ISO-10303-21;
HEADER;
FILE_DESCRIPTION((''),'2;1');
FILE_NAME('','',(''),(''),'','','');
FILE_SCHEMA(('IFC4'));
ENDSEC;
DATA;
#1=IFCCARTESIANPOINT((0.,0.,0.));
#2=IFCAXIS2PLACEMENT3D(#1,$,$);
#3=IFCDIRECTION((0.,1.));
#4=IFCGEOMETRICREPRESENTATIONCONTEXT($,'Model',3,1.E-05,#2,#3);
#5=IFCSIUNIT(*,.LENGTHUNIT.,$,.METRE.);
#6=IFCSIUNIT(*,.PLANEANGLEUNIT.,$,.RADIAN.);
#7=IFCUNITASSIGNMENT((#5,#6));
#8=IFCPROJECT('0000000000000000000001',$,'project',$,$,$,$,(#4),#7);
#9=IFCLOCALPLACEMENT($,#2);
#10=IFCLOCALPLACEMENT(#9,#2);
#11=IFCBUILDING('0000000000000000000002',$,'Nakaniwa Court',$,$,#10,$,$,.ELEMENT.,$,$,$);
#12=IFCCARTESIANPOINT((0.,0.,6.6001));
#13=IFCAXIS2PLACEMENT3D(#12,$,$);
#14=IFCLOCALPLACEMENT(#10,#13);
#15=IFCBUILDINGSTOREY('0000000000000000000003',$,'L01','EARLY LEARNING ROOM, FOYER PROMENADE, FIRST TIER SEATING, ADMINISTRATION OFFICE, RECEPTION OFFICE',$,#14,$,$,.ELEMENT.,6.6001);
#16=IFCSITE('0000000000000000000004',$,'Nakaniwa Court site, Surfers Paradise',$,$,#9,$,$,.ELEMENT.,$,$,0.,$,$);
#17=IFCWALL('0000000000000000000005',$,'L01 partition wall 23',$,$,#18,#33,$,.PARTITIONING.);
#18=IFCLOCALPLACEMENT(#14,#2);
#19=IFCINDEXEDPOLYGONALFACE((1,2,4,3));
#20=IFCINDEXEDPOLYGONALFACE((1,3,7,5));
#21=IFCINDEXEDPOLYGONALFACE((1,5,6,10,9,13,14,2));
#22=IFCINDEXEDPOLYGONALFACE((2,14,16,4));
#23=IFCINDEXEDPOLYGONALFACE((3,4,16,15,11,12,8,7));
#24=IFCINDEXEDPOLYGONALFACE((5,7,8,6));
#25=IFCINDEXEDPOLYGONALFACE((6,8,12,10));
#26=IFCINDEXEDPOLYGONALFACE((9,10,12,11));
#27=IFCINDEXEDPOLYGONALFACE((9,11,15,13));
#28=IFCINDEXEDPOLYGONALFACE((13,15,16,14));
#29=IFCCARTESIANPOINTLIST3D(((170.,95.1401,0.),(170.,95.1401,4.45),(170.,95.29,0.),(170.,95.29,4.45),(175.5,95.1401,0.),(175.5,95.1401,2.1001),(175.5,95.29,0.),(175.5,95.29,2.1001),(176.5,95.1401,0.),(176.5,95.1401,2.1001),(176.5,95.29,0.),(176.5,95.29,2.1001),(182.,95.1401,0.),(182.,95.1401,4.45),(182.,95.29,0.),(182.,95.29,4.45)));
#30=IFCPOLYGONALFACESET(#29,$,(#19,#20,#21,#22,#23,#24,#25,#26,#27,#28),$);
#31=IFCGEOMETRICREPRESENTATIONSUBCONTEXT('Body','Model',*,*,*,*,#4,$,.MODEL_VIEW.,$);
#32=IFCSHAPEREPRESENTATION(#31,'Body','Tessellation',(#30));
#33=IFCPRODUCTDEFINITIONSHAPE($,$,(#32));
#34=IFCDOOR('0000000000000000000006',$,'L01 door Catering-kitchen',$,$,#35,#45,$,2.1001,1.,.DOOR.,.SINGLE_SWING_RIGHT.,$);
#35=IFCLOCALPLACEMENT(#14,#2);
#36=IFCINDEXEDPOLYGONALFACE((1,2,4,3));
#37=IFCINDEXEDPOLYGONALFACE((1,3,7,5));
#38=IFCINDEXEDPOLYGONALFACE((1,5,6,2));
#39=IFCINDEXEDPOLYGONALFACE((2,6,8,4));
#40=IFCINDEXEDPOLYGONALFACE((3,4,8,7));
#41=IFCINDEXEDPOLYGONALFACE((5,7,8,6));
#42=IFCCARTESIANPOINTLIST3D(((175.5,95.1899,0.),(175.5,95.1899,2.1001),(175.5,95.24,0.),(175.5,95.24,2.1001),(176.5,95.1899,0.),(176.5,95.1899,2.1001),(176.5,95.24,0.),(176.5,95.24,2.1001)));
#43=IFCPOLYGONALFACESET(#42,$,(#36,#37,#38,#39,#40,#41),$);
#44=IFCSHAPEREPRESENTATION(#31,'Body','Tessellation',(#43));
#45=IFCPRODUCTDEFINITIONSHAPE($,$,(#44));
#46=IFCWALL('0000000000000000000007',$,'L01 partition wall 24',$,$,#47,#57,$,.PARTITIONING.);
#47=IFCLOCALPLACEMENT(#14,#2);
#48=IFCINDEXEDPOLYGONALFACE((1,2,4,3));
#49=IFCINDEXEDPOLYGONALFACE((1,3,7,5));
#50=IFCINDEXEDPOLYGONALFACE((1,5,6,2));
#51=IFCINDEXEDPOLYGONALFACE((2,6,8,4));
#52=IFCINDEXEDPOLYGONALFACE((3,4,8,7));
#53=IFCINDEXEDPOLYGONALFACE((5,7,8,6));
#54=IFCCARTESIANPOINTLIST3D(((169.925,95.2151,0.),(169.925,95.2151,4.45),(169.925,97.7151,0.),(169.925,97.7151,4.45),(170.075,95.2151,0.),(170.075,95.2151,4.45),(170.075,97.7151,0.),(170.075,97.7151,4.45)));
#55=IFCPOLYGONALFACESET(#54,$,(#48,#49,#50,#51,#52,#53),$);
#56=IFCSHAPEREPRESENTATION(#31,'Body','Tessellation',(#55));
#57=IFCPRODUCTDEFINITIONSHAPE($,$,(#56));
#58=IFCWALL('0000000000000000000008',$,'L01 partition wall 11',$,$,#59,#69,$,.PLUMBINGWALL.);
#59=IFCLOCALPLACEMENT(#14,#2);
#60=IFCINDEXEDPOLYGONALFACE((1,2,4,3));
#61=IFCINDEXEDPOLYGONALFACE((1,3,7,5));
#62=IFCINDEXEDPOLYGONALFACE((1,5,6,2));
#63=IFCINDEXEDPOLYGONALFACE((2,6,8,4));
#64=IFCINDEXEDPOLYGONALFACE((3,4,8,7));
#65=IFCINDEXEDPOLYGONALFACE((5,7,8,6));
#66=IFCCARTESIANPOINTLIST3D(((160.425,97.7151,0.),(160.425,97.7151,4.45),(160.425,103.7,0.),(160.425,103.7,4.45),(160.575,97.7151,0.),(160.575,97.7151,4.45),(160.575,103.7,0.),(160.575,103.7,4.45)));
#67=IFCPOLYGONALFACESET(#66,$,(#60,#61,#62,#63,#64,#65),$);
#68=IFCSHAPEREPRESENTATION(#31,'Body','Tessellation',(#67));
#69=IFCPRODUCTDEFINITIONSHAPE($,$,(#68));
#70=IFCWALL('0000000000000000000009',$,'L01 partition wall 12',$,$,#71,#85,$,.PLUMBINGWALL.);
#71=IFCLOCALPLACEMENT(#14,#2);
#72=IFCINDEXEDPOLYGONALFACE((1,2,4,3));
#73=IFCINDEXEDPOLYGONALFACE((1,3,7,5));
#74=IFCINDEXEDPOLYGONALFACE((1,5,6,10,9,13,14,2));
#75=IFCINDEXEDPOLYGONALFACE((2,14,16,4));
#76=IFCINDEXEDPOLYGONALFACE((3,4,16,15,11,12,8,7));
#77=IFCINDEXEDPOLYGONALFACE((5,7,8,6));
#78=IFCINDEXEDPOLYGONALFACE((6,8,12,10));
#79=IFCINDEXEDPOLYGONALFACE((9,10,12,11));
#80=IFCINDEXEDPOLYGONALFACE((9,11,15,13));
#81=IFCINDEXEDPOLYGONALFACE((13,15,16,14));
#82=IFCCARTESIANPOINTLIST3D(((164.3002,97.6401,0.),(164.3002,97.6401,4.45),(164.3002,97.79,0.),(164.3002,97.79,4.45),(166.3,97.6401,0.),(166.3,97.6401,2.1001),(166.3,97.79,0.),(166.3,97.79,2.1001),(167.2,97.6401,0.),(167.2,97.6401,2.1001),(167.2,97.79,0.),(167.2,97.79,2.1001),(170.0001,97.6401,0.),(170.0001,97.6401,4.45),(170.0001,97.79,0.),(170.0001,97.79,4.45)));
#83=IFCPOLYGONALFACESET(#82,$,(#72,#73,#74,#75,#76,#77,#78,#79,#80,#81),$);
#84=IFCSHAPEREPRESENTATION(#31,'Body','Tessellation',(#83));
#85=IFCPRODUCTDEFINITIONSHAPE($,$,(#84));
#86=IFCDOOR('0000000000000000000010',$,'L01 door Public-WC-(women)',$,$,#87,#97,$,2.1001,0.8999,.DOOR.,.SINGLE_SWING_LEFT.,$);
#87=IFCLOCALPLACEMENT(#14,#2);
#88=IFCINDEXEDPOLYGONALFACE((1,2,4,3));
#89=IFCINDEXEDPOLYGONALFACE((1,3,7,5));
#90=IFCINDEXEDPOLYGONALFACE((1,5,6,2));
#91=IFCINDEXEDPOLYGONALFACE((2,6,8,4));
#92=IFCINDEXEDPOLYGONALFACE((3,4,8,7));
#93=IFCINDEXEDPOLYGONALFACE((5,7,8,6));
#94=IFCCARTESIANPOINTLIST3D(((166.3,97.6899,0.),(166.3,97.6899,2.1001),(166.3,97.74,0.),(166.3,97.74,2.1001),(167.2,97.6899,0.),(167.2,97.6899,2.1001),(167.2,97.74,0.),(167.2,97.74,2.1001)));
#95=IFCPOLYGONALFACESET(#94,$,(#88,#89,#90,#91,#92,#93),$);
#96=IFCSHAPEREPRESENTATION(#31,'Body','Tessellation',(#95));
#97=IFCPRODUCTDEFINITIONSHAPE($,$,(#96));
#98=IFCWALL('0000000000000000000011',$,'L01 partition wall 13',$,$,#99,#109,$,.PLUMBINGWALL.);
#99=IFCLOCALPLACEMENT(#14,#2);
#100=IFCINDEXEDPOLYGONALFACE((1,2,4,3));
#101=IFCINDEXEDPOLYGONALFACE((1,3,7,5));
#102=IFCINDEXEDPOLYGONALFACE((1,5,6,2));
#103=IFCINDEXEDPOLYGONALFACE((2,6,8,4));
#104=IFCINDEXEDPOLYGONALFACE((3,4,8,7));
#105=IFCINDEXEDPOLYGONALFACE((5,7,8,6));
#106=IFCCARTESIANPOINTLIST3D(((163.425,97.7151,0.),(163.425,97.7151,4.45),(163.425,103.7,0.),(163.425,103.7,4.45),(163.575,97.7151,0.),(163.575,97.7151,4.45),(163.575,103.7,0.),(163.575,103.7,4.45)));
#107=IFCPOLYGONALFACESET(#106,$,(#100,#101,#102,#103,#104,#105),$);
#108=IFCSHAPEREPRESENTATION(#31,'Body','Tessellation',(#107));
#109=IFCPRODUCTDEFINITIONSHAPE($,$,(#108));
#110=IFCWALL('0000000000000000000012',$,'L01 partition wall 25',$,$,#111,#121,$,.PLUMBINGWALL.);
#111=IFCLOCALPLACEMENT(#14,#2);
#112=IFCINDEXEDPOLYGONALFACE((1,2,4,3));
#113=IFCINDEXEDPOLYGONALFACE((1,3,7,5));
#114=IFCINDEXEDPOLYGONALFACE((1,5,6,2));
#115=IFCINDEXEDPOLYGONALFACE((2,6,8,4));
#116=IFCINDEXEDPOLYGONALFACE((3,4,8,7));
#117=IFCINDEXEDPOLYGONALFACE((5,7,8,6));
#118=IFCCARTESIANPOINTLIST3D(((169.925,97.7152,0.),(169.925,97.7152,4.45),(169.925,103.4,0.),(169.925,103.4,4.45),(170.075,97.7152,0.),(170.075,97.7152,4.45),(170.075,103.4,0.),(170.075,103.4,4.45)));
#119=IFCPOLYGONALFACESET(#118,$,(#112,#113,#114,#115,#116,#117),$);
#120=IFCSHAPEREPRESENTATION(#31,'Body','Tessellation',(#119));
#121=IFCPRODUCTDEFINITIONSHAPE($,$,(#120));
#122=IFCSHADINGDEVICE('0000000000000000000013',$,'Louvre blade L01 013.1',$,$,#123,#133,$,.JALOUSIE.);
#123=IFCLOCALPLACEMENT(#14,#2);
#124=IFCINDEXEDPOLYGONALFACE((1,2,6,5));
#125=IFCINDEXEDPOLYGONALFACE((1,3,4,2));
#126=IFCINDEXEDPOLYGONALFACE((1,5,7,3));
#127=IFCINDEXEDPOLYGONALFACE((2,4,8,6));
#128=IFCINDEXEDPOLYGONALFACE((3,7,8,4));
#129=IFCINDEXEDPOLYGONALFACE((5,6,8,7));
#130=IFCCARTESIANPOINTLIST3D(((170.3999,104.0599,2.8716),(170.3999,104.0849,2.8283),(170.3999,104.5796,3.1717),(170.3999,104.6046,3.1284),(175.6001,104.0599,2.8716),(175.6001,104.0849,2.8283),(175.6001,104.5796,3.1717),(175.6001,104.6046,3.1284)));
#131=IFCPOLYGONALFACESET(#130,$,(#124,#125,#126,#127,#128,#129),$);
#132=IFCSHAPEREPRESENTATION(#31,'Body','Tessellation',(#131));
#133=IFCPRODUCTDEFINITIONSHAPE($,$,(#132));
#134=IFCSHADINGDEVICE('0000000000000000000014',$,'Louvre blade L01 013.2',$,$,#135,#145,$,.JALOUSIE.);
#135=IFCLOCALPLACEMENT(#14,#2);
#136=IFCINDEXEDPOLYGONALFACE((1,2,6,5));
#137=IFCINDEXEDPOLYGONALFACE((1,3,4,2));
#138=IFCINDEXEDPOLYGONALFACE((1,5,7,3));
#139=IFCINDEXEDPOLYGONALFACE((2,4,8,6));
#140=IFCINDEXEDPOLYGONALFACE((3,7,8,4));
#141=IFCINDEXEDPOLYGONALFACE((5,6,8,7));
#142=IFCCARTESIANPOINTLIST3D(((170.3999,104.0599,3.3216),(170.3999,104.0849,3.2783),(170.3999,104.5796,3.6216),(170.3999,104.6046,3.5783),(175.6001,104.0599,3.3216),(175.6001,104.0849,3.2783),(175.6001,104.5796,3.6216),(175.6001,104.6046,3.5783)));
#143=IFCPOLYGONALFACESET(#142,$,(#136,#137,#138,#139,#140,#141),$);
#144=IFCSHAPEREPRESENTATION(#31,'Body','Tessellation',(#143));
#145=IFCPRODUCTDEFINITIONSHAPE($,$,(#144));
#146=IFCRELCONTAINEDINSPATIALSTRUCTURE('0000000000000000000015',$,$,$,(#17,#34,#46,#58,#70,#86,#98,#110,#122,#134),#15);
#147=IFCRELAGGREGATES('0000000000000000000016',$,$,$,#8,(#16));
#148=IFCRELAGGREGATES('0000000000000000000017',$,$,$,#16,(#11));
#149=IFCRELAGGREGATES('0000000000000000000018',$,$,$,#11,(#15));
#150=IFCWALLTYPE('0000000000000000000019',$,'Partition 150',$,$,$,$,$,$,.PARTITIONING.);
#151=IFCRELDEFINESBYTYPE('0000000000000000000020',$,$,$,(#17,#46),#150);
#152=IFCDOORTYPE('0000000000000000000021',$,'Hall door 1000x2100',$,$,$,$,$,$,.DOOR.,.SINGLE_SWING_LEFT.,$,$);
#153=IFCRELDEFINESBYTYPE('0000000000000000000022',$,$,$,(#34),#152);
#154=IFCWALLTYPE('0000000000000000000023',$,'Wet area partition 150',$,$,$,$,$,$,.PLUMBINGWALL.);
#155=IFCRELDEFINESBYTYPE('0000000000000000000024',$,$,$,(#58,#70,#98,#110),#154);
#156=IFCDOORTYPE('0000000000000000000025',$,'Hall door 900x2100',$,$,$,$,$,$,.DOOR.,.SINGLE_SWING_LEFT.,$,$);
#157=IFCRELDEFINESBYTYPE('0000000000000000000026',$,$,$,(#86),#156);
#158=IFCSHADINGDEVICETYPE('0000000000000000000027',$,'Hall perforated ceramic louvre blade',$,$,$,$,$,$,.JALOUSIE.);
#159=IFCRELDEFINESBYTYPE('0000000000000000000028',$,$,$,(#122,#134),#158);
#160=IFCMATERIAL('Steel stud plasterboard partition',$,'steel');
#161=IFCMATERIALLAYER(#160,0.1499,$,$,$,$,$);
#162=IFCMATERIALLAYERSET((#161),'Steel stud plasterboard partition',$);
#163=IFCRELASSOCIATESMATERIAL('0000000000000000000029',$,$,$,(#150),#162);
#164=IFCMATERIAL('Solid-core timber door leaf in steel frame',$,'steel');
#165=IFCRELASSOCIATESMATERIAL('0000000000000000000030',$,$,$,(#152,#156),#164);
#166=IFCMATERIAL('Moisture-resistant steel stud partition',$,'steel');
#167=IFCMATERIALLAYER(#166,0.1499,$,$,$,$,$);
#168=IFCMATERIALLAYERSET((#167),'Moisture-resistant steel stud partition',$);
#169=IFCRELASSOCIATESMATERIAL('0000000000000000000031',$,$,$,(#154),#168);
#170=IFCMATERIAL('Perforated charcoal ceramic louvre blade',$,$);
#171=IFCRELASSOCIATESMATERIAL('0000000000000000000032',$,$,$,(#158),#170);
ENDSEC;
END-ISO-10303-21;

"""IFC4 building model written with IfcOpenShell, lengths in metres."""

from ifc_helpers import new_model, si_unit, direction, frame, frame_2d, origin, origin_2d, place, context, subcontext, project, spatial, rectangle, extrude, material, layer, layer_set, material_profile, profile_set, type_object, element, fill, save


model = new_model("IFC4")

# Units and contexts
model_context = context("Model", 3, precision=1e-05, world=origin(), true_north=direction((0.0, 1.0)))
body_context = subcontext(model_context, "Body", "Model", "MODEL_VIEW")
ifc_project = project(units=[si_unit("LENGTHUNIT", "METRE"), si_unit("PLANEANGLEUNIT", "RADIAN")], contexts=[model_context])

# Site, building, storey
site_placement = place(None, origin())
site = spatial("IfcSite", under=ifc_project, at=site_placement, Name="Nakaniwa Court site, Surfers Paradise", CompositionType="ELEMENT", RefElevation=0.0)
building_placement = place(site_placement, origin())
building = spatial("IfcBuilding", under=site, at=building_placement, Name="Nakaniwa Court", CompositionType="ELEMENT")
storey_placement = place(building_placement, frame((0.0, 0.0, 6.6001)))
storey = spatial("IfcBuildingStorey", under=building, at=storey_placement, Name="L01", Description="EARLY LEARNING ROOM, FOYER PROMENADE, FIRST TIER SEATING, ADMINISTRATION OFFICE, RECEPTION OFFICE", CompositionType="ELEMENT", Elevation=6.6001)

# Wall, opening, door
ifc_material_1 = material(Name="Steel stud plasterboard partition", Category="steel")
ifc_layer_1 = layer(ifc_material_1, 0.1499)
ifc_layer_set_1 = layer_set([ifc_layer_1], Name="Steel stud plasterboard partition")
wall_type_1 = type_object("IfcWallType", Name="Partition 150", PredefinedType="PARTITIONING", material=ifc_layer_set_1)
ifc_material_2 = material(Name="Solid-core timber door leaf in steel frame", Category="steel")
wall_1_placement = place(storey_placement, frame((170.0, 95.2151, 0.0), z_axis=(0.0, 0.0, 1.0), x_axis=(1.0, 0.0, 0.0)))
wall_1 = element("IfcWall", 1, at=wall_1_placement, inside=storey, type_object=wall_type_1, Name="L01 partition wall 23", PredefinedType="PARTITIONING", context=body_context, shape_type="SweptSolid", body=[
    extrude(rectangle(XDim=12.0, YDim=0.1499, at=frame_2d((6.0, 0.0))), origin(), (0.0, 0.0, 1.0), 4.45),
])
opening_1_placement = place(wall_1_placement, frame((5.5, 0.0, 0.0)))
opening_1 = element("IfcOpeningElement", 2, at=opening_1_placement, cuts=wall_1, PredefinedType="OPENING", context=body_context, shape_type="SweptSolid", body=[
    extrude(rectangle(XDim=1.0, YDim=2.1001, at=frame_2d((0.5, 1.05))), frame((0.0, 0.085, 0.0), z_axis=(0.0, -1.0, 0.0), x_axis=(1.0, 0.0, 0.0)), (0.0, 0.0, 1.0), 0.1699),
])
door_type_1 = type_object("IfcDoorType", Name="Hall door 1000x2100", OperationType="SINGLE_SWING_LEFT", PredefinedType="DOOR", material=ifc_material_2)
door_1_placement = place(opening_1_placement, origin())
door_1 = element("IfcDoor", 3, at=door_1_placement, inside=storey, type_object=door_type_1, Name="L01 door Catering-kitchen", OperationType="SINGLE_SWING_RIGHT", OverallHeight=2.1001, OverallWidth=1.0, PredefinedType="DOOR", context=body_context, shape_type="SweptSolid", body=[
    extrude(rectangle(XDim=1.0, YDim=2.1001, at=frame_2d((0.5, 1.05))), frame((0.0, 0.0249, 0.0), z_axis=(0.0, -1.0, 0.0), x_axis=(1.0, 0.0, 0.0)), (0.0, 0.0, 1.0), 0.05),
])
fill(opening_1, door_1)

# Walls
wall_2_placement = place(storey_placement, frame((170.0, 97.7151, 0.0), z_axis=(0.0, 0.0, 1.0), x_axis=(0.0, -1.0, 0.0)))
element("IfcWall", 4, at=wall_2_placement, inside=storey, type_object=wall_type_1, Name="L01 partition wall 24", PredefinedType="PARTITIONING", context=body_context, shape_type="SweptSolid", body=[
    extrude(rectangle(XDim=2.5, YDim=0.1499, at=frame_2d((1.25, 0.0))), origin(), (0.0, 0.0, 1.0), 4.45),
])
ifc_material_3 = material(Name="Moisture-resistant steel stud partition", Category="steel")
ifc_layer_2 = layer(ifc_material_3, 0.1499)
ifc_layer_set_2 = layer_set([ifc_layer_2], Name="Moisture-resistant steel stud partition")
wall_type_2 = type_object("IfcWallType", Name="Wet area partition 150", PredefinedType="PLUMBINGWALL", material=ifc_layer_set_2)
wall_3_placement = place(storey_placement, frame((160.5, 103.7, 0.0), z_axis=(0.0, 0.0, 1.0), x_axis=(0.0, -1.0, 0.0)))
element("IfcWall", 5, at=wall_3_placement, inside=storey, type_object=wall_type_2, Name="L01 partition wall 11", PredefinedType="PLUMBINGWALL", context=body_context, shape_type="SweptSolid", body=[
    extrude(rectangle(XDim=5.9849, YDim=0.1499, at=frame_2d((2.9924, 0.0))), origin(), (0.0, 0.0, 1.0), 4.45),
])

# Wall, opening, door
wall_4_placement = place(storey_placement, frame((164.3, 97.7151, 0.0), z_axis=(0.0, 0.0, 1.0), x_axis=(1.0, 0.0, 0.0)))
wall_4 = element("IfcWall", 6, at=wall_4_placement, inside=storey, type_object=wall_type_2, Name="L01 partition wall 12", PredefinedType="PLUMBINGWALL", context=body_context, shape_type="SweptSolid", body=[
    extrude(rectangle(XDim=5.7, YDim=0.1499, at=frame_2d((2.8501, 0.0))), origin(), (0.0, 0.0, 1.0), 4.45),
])
opening_2_placement = place(wall_4_placement, frame((2.0, 0.0, 0.0)))
opening_2 = element("IfcOpeningElement", 7, at=opening_2_placement, cuts=wall_4, PredefinedType="OPENING", context=body_context, shape_type="SweptSolid", body=[
    extrude(rectangle(XDim=0.8999, YDim=2.1001, at=frame_2d((0.45, 1.05))), frame((0.0, 0.085, 0.0), z_axis=(0.0, -1.0, 0.0), x_axis=(1.0, 0.0, 0.0)), (0.0, 0.0, 1.0), 0.1699),
])
door_type_2 = type_object("IfcDoorType", Name="Hall door 900x2100", OperationType="SINGLE_SWING_LEFT", PredefinedType="DOOR", material=ifc_material_2)
door_2_placement = place(opening_2_placement, origin())
door_2 = element("IfcDoor", 8, at=door_2_placement, inside=storey, type_object=door_type_2, Name="L01 door Public-WC-(women)", OperationType="SINGLE_SWING_LEFT", OverallHeight=2.1001, OverallWidth=0.8999, PredefinedType="DOOR", context=body_context, shape_type="SweptSolid", body=[
    extrude(rectangle(XDim=0.8999, YDim=2.1001, at=frame_2d((0.45, 1.05))), frame((0.0, 0.0249, 0.0), z_axis=(0.0, -1.0, 0.0), x_axis=(1.0, 0.0, 0.0)), (0.0, 0.0, 1.0), 0.05),
])
fill(opening_2, door_2)

# Walls
wall_5_placement = place(storey_placement, frame((163.5, 103.7, 0.0), z_axis=(0.0, 0.0, 1.0), x_axis=(0.0, -1.0, 0.0)))
element("IfcWall", 9, at=wall_5_placement, inside=storey, type_object=wall_type_2, Name="L01 partition wall 13", PredefinedType="PLUMBINGWALL", context=body_context, shape_type="SweptSolid", body=[
    extrude(rectangle(XDim=5.9849, YDim=0.1499, at=frame_2d((2.9924, 0.0))), origin(), (0.0, 0.0, 1.0), 4.45),
])
wall_6_placement = place(storey_placement, frame((170.0, 103.3999, 0.0), z_axis=(0.0, 0.0, 1.0), x_axis=(0.0, -1.0, 0.0)))
element("IfcWall", 10, at=wall_6_placement, inside=storey, type_object=wall_type_2, Name="L01 partition wall 25", PredefinedType="PLUMBINGWALL", context=body_context, shape_type="SweptSolid", body=[
    extrude(rectangle(XDim=5.6848, YDim=0.1499, at=frame_2d((2.8423, 0.0))), origin(), (0.0, 0.0, 1.0), 4.45),
])

# Shading devices
ifc_material_4 = material(Name="Perforated charcoal ceramic louvre blade")
ifc_material_profile_1 = material_profile(ifc_material_4, rectangle(XDim=0.6001, YDim=0.05, at=origin_2d()), Name="Hall perforated ceramic louvre blade")
ifc_profile_set_1 = profile_set([ifc_material_profile_1], Name="Perforated charcoal ceramic louvre blade")
shading_device_type = type_object("IfcShadingDeviceType", Name="Hall perforated ceramic louvre blade", PredefinedType="JALOUSIE", material=ifc_profile_set_1)
for number, where, z_axis, x_axis, name in (
    (11, (170.3999, 104.3323, 3.0), (1.0, 0.0, 0.0), (0.0, 0.866025, 0.5), "Louvre blade L01 013.1"),
    (12, (170.3999, 104.3323, 3.45), (1.0, 0.0, 0.0), (0.0, 0.866025, 0.5), "Louvre blade L01 013.2"),
):
    element("IfcShadingDevice", number, at=place(storey_placement, frame(where, z_axis=z_axis, x_axis=x_axis)), inside=storey, type_object=shading_device_type, Name=name, PredefinedType="JALOUSIE", context=body_context, shape_type="SweptSolid", body=[
        extrude(rectangle(XDim=0.6001, YDim=0.05, at=origin_2d()), origin(), (0.0, 0.0, 1.0), 5.2002),
    ])

save(model, "model.ifc")
